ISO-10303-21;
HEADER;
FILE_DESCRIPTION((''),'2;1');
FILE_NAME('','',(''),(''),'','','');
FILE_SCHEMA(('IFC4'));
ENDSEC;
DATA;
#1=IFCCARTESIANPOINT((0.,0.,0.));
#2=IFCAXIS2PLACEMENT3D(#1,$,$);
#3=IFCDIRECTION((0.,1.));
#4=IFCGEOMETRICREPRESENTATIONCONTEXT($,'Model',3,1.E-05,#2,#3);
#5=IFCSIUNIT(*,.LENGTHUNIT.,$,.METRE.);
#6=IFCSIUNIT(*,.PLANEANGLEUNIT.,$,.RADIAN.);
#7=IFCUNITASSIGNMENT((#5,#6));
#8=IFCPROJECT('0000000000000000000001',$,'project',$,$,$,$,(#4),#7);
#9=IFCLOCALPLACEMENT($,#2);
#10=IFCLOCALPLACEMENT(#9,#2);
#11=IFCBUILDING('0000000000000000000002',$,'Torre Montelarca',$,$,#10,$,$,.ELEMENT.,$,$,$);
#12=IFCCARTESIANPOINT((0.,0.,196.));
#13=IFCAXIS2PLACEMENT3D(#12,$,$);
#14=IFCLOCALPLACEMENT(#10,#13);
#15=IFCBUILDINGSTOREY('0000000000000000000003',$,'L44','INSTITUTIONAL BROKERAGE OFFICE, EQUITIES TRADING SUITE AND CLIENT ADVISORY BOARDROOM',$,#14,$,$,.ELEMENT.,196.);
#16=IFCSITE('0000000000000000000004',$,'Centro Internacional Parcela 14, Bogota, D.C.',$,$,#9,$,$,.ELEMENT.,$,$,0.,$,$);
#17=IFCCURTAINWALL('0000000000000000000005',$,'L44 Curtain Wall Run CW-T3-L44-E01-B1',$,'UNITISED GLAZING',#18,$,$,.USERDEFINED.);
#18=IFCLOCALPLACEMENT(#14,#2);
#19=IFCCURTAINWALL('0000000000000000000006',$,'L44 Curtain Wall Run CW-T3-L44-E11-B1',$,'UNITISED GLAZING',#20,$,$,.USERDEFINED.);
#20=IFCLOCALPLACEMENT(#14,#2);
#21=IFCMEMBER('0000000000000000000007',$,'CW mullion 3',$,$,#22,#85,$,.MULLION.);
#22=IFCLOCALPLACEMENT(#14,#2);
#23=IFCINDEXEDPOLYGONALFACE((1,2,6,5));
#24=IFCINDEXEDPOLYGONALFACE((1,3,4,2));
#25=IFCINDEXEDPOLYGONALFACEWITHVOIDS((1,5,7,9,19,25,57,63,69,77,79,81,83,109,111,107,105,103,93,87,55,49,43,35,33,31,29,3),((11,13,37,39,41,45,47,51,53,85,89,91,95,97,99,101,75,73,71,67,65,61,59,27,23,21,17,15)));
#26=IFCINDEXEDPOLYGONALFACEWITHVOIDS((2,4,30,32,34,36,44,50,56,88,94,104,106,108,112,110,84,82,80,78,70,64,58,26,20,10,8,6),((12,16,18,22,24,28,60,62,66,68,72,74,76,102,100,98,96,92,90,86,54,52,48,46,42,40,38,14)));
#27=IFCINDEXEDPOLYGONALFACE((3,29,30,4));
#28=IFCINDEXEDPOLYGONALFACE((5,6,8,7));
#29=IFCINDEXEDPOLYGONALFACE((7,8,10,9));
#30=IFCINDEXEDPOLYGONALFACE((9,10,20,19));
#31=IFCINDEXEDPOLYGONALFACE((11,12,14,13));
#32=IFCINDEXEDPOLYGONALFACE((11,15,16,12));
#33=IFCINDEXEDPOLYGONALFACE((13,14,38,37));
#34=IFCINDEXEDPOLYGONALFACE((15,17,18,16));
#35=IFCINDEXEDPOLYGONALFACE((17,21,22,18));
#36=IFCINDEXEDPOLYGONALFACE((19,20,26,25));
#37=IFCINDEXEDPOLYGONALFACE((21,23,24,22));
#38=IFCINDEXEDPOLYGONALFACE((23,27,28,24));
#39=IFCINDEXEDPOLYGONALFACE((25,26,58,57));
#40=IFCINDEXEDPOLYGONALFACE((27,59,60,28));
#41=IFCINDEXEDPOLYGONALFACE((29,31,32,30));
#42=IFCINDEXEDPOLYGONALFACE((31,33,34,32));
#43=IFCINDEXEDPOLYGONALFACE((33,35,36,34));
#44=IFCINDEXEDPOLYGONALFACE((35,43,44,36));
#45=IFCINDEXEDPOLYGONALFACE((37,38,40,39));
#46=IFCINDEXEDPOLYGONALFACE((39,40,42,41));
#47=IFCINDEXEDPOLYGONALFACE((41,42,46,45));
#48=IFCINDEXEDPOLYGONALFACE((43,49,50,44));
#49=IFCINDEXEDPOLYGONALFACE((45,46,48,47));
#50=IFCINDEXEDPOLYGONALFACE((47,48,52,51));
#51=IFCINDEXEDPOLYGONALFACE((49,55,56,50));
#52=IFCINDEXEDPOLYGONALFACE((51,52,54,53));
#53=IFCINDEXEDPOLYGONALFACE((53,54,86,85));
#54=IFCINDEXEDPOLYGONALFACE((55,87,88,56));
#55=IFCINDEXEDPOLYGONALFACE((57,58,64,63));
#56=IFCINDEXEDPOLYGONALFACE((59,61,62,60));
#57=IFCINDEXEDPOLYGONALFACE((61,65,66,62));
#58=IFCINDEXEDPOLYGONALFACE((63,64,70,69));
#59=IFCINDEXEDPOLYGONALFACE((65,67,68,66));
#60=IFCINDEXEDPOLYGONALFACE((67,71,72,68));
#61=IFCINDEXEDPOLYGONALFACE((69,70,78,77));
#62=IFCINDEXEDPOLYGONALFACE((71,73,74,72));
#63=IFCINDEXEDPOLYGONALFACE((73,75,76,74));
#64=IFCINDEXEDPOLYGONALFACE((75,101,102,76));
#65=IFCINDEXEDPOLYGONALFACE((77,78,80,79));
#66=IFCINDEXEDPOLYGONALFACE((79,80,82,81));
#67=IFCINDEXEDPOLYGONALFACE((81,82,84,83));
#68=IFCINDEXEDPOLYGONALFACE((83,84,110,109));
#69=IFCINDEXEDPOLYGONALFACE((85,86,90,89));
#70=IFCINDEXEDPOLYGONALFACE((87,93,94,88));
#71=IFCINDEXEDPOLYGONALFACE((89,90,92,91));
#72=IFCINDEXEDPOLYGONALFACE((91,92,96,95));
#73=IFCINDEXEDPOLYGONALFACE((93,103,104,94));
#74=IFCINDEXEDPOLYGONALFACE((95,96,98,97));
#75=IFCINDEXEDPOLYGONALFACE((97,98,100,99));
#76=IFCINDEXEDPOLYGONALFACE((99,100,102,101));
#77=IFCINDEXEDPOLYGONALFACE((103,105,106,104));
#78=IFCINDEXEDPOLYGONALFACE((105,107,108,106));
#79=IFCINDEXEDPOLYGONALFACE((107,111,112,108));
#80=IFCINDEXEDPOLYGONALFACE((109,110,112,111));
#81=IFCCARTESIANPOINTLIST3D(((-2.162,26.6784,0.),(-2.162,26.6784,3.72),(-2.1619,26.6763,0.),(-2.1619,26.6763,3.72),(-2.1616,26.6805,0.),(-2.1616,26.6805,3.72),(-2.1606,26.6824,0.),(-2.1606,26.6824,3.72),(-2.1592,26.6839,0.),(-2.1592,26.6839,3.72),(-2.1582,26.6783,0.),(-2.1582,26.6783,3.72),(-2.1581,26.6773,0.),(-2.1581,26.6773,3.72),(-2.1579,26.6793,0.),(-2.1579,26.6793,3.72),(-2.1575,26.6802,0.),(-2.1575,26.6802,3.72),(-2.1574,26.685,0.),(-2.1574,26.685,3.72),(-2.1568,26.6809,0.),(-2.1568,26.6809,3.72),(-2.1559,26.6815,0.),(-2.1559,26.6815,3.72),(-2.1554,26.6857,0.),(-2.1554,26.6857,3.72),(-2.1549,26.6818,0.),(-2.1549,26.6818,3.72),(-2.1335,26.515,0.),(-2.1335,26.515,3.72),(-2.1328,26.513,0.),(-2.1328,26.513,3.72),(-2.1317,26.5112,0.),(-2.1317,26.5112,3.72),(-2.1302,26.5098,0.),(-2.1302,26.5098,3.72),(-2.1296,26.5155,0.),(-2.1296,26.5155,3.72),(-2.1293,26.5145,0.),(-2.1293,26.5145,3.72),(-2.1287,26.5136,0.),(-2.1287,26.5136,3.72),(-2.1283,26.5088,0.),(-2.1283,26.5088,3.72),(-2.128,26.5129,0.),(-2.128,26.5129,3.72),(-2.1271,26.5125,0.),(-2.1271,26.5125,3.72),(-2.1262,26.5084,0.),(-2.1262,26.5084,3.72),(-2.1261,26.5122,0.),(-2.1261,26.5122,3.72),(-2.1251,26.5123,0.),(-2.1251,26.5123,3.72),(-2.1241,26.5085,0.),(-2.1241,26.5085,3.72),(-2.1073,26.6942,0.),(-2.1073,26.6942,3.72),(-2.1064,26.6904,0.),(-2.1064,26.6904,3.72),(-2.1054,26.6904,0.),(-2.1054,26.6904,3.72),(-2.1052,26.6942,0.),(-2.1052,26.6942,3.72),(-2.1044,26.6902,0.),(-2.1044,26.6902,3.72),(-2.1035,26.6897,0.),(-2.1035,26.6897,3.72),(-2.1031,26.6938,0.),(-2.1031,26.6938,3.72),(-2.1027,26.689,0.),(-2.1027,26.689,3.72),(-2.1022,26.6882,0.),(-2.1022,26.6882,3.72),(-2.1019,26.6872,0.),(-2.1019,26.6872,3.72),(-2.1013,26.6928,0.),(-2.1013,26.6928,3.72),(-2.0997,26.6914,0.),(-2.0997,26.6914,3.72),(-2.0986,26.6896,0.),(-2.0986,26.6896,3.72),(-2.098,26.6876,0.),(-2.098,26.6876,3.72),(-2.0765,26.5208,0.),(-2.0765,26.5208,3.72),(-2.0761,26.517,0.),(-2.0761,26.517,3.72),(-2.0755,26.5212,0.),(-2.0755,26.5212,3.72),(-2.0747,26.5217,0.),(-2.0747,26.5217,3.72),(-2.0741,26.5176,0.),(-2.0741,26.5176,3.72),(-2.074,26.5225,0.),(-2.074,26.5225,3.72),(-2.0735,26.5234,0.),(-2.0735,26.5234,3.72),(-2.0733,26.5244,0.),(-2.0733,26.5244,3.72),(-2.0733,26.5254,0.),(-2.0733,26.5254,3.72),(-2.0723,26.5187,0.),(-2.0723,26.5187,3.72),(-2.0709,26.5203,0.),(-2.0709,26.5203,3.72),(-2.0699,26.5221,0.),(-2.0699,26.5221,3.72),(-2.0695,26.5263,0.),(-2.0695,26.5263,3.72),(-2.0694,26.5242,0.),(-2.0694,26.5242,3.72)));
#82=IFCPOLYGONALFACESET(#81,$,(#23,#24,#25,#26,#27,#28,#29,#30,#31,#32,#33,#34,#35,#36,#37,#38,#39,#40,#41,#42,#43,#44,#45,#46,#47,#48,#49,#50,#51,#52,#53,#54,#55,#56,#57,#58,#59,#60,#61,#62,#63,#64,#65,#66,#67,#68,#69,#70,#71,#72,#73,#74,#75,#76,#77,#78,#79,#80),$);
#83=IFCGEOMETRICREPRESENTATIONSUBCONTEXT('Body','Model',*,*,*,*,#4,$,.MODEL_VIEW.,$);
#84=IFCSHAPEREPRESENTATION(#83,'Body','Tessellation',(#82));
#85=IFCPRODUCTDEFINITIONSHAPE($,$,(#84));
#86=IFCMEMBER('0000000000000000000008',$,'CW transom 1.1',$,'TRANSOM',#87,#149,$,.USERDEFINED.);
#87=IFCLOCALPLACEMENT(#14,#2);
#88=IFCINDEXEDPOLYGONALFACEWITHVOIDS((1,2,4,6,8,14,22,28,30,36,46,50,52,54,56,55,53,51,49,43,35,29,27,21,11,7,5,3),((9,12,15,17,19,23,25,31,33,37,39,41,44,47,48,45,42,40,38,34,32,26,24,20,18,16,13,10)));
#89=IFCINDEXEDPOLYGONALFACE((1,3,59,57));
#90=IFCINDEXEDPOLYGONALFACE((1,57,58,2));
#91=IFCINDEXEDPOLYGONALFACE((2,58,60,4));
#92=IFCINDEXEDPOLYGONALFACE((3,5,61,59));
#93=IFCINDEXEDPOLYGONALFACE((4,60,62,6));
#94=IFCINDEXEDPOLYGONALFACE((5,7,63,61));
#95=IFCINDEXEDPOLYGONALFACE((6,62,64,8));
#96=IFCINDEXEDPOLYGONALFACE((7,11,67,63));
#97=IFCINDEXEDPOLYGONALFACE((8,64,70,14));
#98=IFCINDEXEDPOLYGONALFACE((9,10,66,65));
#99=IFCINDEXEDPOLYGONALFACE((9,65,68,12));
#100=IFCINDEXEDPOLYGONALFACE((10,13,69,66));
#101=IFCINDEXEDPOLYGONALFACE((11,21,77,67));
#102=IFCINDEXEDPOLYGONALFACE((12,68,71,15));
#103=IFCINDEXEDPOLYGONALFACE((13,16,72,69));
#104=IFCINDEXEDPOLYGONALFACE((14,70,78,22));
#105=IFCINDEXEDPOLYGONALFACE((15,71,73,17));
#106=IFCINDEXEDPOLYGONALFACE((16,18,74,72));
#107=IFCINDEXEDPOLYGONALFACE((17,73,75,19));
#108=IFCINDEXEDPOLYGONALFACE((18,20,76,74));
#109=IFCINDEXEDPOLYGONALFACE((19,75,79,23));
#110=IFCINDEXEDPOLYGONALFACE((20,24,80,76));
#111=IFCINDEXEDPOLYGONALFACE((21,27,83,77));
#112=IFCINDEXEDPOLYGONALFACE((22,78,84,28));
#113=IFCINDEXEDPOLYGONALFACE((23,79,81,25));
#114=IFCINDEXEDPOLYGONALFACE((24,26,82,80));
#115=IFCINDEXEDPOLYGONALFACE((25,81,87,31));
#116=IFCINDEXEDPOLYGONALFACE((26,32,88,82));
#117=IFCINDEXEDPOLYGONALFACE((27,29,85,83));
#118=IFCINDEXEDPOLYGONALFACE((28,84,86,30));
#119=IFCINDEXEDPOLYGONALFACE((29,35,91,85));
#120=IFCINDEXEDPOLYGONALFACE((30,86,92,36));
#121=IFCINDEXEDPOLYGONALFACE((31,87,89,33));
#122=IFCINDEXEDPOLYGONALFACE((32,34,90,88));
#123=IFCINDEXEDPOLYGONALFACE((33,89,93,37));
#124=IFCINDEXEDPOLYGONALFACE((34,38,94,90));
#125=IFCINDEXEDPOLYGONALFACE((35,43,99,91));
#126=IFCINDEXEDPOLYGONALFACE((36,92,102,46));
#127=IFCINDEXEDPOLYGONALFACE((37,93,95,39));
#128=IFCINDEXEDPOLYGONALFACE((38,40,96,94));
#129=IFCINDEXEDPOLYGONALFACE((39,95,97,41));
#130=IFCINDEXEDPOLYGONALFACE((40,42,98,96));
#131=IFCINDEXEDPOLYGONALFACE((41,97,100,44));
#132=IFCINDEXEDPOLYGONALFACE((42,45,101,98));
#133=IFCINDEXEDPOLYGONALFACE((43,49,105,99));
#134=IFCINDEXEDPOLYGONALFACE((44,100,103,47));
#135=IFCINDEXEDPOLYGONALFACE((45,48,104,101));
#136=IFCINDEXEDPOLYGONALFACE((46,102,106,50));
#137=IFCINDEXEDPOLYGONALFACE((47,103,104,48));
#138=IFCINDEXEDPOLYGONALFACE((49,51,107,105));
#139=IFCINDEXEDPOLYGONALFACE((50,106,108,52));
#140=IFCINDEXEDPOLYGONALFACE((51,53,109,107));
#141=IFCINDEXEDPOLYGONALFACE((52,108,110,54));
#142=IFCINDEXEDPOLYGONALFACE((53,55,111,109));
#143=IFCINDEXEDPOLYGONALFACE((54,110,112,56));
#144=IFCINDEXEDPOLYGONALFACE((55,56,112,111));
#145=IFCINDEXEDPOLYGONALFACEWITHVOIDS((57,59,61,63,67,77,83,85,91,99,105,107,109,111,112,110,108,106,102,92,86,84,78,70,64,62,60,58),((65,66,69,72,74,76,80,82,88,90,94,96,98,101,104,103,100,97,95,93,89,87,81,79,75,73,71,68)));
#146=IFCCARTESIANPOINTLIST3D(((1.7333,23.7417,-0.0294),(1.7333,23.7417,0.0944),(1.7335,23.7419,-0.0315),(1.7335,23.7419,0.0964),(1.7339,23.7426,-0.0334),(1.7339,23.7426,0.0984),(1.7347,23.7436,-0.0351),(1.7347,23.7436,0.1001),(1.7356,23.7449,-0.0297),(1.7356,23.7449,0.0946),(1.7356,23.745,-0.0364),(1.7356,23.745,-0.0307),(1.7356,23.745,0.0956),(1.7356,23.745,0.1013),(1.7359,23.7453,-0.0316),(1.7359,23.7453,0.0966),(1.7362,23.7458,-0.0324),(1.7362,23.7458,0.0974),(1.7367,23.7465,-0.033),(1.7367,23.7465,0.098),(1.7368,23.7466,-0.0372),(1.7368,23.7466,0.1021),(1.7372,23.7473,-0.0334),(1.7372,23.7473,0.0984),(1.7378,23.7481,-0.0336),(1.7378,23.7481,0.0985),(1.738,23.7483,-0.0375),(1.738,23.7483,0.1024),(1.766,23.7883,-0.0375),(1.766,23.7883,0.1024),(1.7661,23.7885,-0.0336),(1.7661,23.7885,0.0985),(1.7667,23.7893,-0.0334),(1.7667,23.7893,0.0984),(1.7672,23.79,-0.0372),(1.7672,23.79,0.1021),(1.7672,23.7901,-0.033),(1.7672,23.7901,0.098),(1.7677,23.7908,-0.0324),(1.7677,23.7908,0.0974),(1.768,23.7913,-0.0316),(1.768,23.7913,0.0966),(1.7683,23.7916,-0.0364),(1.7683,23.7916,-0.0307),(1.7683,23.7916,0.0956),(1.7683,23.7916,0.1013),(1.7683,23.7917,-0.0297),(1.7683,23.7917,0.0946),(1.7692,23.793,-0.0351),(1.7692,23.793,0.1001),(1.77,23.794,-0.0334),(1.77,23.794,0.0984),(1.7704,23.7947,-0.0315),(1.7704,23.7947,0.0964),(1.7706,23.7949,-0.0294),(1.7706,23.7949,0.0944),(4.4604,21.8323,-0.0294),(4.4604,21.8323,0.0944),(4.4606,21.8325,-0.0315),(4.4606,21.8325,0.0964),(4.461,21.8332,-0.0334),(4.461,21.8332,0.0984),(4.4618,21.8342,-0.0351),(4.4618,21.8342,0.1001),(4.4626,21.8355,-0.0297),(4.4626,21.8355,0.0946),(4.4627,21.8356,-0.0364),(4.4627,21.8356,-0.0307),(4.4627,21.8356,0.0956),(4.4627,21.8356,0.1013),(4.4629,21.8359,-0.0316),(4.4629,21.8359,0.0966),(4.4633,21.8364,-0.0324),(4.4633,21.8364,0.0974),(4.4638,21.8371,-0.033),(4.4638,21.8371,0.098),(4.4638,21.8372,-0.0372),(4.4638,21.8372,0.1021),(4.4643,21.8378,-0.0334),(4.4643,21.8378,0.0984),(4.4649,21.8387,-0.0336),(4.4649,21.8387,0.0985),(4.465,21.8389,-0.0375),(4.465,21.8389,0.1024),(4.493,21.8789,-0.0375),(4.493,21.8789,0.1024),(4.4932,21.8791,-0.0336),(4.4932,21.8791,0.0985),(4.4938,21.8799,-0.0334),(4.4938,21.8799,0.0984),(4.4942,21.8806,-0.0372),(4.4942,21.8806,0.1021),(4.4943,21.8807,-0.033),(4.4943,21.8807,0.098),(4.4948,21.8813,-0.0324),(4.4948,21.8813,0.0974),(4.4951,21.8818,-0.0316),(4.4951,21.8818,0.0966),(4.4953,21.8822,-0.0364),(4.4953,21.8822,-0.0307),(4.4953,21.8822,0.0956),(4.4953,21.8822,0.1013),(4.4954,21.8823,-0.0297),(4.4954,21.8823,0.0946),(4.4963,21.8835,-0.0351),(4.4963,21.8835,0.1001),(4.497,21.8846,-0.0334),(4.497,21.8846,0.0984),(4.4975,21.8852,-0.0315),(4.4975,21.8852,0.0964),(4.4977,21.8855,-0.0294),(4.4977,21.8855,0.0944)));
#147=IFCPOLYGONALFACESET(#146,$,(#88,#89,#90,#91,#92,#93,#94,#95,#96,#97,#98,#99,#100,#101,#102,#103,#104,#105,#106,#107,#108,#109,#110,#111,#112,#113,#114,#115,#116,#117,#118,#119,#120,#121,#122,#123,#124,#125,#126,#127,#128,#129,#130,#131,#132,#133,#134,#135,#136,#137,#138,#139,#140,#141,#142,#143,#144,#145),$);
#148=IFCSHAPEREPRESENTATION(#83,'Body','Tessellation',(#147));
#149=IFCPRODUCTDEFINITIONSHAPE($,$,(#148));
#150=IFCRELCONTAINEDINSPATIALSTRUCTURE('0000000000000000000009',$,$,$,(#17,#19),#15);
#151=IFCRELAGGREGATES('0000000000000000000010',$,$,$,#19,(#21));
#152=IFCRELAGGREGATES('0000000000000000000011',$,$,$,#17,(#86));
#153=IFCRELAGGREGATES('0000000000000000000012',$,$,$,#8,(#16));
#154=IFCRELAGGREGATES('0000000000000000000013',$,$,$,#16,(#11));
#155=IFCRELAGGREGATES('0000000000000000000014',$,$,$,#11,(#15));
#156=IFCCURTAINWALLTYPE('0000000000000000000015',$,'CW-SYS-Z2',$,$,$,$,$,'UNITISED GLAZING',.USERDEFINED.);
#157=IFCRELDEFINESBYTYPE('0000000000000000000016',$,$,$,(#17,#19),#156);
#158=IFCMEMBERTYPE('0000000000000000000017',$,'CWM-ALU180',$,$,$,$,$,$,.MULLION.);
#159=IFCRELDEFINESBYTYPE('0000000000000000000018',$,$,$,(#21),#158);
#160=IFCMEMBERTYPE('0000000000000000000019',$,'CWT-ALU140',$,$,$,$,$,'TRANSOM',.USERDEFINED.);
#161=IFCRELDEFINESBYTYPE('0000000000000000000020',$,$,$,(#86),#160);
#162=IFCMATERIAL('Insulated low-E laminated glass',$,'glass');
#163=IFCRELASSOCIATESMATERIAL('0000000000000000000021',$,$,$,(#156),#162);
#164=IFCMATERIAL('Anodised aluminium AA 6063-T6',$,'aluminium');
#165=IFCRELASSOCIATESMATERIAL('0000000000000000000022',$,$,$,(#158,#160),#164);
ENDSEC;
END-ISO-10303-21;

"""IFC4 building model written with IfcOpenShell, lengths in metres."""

from ifc_helpers import new_model, si_unit, direction, frame, origin, origin_2d, place, context, subcontext, project, spatial, hollow_rectangle, extrude, source, transform, mapped, material, material_profile, profile_set, type_object, element, aggregate, save


model = new_model("IFC4")

# Units and contexts
model_context = context("Model", 3, precision=1e-05, world=origin(), true_north=direction((0.0, 1.0)))
body_context = subcontext(model_context, "Body", "Model", "MODEL_VIEW")
ifc_project = project(units=[si_unit("LENGTHUNIT", "METRE"), si_unit("PLANEANGLEUNIT", "RADIAN")], contexts=[model_context])

# Site, building, storey
site_placement = place(None, origin())
site = spatial("IfcSite", under=ifc_project, at=site_placement, Name="Centro Internacional Parcela 14, Bogota, D.C.", CompositionType="ELEMENT", RefElevation=0.0)
building_placement = place(site_placement, origin())
building = spatial("IfcBuilding", under=site, at=building_placement, Name="Torre Montelarca", CompositionType="ELEMENT")
storey_placement = place(building_placement, frame((0.0, 0.0, 196.0)))
storey = spatial("IfcBuildingStorey", under=building, at=storey_placement, Name="L44", Description="INSTITUTIONAL BROKERAGE OFFICE, EQUITIES TRADING SUITE AND CLIENT ADVISORY BOARDROOM", CompositionType="ELEMENT", Elevation=196.0)

# Curtain wall
ifc_material_1 = material(Name="Insulated low-E laminated glass", Category="glass")
curtain_wall_type = type_object("IfcCurtainWallType", Name="CW-SYS-Z2", ElementType="UNITISED GLAZING", PredefinedType="USERDEFINED", material=ifc_material_1)
curtain_wall_1_placement = place(storey_placement, origin())
curtain_wall_1 = element("IfcCurtainWall", 1, at=curtain_wall_1_placement, inside=storey, type_object=curtain_wall_type, Name="L44 Curtain Wall Run CW-T3-L44-E01-B1", ObjectType="UNITISED GLAZING", PredefinedType="USERDEFINED")
ifc_material_2 = material(Name="Anodised aluminium AA 6063-T6", Category="aluminium")
ifc_material_profile_1 = material_profile(ifc_material_2, hollow_rectangle(XDim=0.0649, YDim=0.1799, WallThickness=0.0039, InnerFilletRadius=0.0039, OuterFilletRadius=0.0081, at=origin_2d()), Name="ALU65X180X4", Category="aluminium")
ifc_profile_set_1 = profile_set([ifc_material_profile_1], Name="Anodised aluminium AA 6063-T6")
member_type_1 = type_object("IfcMemberType", Name="CWM-ALU180", PredefinedType="MULLION", material=ifc_profile_set_1)
shared_shape_1 = source(origin(), body_context, "Body", "SweptSolid", [
    extrude(hollow_rectangle(XDim=0.0649, YDim=0.1799, WallThickness=0.0039, InnerFilletRadius=0.0039, OuterFilletRadius=0.0081, at=origin_2d()), origin(), (0.0, 0.0, 1.0), 3.72),
])

# Curtain wall, member
curtain_wall_2_placement = place(storey_placement, origin())
curtain_wall_2 = element("IfcCurtainWall", 2, at=curtain_wall_2_placement, inside=storey, type_object=curtain_wall_type, Name="L44 Curtain Wall Run CW-T3-L44-E11-B1", ObjectType="UNITISED GLAZING", PredefinedType="USERDEFINED")
member_1_placement = place(storey_placement, frame((-2.1157, 26.6013, 0.0), z_axis=(0.0, 0.0, 1.0), x_axis=(0.984813, 0.173621, 0.0)))
member_1 = element("IfcMember", 3, at=member_1_placement, type_object=member_type_1, Name="CW mullion 3", PredefinedType="MULLION", context=body_context, shape_type="MappedRepresentation", body=[
    mapped(shared_shape_1, transform((0.0, 0.0, 0.0), scale=1.0)),
])
aggregate(curtain_wall_2, [member_1])

# Member
ifc_material_profile_2 = material_profile(ifc_material_2, hollow_rectangle(XDim=0.0649, YDim=0.1399, WallThickness=0.0039, InnerFilletRadius=0.0039, OuterFilletRadius=0.0081, at=origin_2d()), Name="ALU65X140X4", Category="aluminium")
ifc_profile_set_2 = profile_set([ifc_material_profile_2], Name="Anodised aluminium AA 6063-T6")
member_type_2 = type_object("IfcMemberType", Name="CWT-ALU140", ElementType="TRANSOM", PredefinedType="USERDEFINED", material=ifc_profile_set_2)
shared_shape_2 = source(origin(), body_context, "Body", "SweptSolid", [
    extrude(hollow_rectangle(XDim=0.0649, YDim=0.1399, WallThickness=0.0039, InnerFilletRadius=0.0039, OuterFilletRadius=0.0081, at=origin_2d()), origin(), (0.0, 0.0, 1.0), 3.3291),
])
member_2_placement = place(storey_placement, frame((1.752, 23.7683, 0.0325), z_axis=(0.819163, -0.573561, 0.0), x_axis=(0.573561, 0.819163, 0.0)))
member_2 = element("IfcMember", 4, at=member_2_placement, type_object=member_type_2, Name="CW transom 1.1", ObjectType="TRANSOM", PredefinedType="USERDEFINED", context=body_context, shape_type="MappedRepresentation", body=[
    mapped(shared_shape_2, transform((0.0, 0.0, 0.0), scale=1.0)),
])

aggregate(curtain_wall_1, [member_2])

save(model, "model.ifc")
